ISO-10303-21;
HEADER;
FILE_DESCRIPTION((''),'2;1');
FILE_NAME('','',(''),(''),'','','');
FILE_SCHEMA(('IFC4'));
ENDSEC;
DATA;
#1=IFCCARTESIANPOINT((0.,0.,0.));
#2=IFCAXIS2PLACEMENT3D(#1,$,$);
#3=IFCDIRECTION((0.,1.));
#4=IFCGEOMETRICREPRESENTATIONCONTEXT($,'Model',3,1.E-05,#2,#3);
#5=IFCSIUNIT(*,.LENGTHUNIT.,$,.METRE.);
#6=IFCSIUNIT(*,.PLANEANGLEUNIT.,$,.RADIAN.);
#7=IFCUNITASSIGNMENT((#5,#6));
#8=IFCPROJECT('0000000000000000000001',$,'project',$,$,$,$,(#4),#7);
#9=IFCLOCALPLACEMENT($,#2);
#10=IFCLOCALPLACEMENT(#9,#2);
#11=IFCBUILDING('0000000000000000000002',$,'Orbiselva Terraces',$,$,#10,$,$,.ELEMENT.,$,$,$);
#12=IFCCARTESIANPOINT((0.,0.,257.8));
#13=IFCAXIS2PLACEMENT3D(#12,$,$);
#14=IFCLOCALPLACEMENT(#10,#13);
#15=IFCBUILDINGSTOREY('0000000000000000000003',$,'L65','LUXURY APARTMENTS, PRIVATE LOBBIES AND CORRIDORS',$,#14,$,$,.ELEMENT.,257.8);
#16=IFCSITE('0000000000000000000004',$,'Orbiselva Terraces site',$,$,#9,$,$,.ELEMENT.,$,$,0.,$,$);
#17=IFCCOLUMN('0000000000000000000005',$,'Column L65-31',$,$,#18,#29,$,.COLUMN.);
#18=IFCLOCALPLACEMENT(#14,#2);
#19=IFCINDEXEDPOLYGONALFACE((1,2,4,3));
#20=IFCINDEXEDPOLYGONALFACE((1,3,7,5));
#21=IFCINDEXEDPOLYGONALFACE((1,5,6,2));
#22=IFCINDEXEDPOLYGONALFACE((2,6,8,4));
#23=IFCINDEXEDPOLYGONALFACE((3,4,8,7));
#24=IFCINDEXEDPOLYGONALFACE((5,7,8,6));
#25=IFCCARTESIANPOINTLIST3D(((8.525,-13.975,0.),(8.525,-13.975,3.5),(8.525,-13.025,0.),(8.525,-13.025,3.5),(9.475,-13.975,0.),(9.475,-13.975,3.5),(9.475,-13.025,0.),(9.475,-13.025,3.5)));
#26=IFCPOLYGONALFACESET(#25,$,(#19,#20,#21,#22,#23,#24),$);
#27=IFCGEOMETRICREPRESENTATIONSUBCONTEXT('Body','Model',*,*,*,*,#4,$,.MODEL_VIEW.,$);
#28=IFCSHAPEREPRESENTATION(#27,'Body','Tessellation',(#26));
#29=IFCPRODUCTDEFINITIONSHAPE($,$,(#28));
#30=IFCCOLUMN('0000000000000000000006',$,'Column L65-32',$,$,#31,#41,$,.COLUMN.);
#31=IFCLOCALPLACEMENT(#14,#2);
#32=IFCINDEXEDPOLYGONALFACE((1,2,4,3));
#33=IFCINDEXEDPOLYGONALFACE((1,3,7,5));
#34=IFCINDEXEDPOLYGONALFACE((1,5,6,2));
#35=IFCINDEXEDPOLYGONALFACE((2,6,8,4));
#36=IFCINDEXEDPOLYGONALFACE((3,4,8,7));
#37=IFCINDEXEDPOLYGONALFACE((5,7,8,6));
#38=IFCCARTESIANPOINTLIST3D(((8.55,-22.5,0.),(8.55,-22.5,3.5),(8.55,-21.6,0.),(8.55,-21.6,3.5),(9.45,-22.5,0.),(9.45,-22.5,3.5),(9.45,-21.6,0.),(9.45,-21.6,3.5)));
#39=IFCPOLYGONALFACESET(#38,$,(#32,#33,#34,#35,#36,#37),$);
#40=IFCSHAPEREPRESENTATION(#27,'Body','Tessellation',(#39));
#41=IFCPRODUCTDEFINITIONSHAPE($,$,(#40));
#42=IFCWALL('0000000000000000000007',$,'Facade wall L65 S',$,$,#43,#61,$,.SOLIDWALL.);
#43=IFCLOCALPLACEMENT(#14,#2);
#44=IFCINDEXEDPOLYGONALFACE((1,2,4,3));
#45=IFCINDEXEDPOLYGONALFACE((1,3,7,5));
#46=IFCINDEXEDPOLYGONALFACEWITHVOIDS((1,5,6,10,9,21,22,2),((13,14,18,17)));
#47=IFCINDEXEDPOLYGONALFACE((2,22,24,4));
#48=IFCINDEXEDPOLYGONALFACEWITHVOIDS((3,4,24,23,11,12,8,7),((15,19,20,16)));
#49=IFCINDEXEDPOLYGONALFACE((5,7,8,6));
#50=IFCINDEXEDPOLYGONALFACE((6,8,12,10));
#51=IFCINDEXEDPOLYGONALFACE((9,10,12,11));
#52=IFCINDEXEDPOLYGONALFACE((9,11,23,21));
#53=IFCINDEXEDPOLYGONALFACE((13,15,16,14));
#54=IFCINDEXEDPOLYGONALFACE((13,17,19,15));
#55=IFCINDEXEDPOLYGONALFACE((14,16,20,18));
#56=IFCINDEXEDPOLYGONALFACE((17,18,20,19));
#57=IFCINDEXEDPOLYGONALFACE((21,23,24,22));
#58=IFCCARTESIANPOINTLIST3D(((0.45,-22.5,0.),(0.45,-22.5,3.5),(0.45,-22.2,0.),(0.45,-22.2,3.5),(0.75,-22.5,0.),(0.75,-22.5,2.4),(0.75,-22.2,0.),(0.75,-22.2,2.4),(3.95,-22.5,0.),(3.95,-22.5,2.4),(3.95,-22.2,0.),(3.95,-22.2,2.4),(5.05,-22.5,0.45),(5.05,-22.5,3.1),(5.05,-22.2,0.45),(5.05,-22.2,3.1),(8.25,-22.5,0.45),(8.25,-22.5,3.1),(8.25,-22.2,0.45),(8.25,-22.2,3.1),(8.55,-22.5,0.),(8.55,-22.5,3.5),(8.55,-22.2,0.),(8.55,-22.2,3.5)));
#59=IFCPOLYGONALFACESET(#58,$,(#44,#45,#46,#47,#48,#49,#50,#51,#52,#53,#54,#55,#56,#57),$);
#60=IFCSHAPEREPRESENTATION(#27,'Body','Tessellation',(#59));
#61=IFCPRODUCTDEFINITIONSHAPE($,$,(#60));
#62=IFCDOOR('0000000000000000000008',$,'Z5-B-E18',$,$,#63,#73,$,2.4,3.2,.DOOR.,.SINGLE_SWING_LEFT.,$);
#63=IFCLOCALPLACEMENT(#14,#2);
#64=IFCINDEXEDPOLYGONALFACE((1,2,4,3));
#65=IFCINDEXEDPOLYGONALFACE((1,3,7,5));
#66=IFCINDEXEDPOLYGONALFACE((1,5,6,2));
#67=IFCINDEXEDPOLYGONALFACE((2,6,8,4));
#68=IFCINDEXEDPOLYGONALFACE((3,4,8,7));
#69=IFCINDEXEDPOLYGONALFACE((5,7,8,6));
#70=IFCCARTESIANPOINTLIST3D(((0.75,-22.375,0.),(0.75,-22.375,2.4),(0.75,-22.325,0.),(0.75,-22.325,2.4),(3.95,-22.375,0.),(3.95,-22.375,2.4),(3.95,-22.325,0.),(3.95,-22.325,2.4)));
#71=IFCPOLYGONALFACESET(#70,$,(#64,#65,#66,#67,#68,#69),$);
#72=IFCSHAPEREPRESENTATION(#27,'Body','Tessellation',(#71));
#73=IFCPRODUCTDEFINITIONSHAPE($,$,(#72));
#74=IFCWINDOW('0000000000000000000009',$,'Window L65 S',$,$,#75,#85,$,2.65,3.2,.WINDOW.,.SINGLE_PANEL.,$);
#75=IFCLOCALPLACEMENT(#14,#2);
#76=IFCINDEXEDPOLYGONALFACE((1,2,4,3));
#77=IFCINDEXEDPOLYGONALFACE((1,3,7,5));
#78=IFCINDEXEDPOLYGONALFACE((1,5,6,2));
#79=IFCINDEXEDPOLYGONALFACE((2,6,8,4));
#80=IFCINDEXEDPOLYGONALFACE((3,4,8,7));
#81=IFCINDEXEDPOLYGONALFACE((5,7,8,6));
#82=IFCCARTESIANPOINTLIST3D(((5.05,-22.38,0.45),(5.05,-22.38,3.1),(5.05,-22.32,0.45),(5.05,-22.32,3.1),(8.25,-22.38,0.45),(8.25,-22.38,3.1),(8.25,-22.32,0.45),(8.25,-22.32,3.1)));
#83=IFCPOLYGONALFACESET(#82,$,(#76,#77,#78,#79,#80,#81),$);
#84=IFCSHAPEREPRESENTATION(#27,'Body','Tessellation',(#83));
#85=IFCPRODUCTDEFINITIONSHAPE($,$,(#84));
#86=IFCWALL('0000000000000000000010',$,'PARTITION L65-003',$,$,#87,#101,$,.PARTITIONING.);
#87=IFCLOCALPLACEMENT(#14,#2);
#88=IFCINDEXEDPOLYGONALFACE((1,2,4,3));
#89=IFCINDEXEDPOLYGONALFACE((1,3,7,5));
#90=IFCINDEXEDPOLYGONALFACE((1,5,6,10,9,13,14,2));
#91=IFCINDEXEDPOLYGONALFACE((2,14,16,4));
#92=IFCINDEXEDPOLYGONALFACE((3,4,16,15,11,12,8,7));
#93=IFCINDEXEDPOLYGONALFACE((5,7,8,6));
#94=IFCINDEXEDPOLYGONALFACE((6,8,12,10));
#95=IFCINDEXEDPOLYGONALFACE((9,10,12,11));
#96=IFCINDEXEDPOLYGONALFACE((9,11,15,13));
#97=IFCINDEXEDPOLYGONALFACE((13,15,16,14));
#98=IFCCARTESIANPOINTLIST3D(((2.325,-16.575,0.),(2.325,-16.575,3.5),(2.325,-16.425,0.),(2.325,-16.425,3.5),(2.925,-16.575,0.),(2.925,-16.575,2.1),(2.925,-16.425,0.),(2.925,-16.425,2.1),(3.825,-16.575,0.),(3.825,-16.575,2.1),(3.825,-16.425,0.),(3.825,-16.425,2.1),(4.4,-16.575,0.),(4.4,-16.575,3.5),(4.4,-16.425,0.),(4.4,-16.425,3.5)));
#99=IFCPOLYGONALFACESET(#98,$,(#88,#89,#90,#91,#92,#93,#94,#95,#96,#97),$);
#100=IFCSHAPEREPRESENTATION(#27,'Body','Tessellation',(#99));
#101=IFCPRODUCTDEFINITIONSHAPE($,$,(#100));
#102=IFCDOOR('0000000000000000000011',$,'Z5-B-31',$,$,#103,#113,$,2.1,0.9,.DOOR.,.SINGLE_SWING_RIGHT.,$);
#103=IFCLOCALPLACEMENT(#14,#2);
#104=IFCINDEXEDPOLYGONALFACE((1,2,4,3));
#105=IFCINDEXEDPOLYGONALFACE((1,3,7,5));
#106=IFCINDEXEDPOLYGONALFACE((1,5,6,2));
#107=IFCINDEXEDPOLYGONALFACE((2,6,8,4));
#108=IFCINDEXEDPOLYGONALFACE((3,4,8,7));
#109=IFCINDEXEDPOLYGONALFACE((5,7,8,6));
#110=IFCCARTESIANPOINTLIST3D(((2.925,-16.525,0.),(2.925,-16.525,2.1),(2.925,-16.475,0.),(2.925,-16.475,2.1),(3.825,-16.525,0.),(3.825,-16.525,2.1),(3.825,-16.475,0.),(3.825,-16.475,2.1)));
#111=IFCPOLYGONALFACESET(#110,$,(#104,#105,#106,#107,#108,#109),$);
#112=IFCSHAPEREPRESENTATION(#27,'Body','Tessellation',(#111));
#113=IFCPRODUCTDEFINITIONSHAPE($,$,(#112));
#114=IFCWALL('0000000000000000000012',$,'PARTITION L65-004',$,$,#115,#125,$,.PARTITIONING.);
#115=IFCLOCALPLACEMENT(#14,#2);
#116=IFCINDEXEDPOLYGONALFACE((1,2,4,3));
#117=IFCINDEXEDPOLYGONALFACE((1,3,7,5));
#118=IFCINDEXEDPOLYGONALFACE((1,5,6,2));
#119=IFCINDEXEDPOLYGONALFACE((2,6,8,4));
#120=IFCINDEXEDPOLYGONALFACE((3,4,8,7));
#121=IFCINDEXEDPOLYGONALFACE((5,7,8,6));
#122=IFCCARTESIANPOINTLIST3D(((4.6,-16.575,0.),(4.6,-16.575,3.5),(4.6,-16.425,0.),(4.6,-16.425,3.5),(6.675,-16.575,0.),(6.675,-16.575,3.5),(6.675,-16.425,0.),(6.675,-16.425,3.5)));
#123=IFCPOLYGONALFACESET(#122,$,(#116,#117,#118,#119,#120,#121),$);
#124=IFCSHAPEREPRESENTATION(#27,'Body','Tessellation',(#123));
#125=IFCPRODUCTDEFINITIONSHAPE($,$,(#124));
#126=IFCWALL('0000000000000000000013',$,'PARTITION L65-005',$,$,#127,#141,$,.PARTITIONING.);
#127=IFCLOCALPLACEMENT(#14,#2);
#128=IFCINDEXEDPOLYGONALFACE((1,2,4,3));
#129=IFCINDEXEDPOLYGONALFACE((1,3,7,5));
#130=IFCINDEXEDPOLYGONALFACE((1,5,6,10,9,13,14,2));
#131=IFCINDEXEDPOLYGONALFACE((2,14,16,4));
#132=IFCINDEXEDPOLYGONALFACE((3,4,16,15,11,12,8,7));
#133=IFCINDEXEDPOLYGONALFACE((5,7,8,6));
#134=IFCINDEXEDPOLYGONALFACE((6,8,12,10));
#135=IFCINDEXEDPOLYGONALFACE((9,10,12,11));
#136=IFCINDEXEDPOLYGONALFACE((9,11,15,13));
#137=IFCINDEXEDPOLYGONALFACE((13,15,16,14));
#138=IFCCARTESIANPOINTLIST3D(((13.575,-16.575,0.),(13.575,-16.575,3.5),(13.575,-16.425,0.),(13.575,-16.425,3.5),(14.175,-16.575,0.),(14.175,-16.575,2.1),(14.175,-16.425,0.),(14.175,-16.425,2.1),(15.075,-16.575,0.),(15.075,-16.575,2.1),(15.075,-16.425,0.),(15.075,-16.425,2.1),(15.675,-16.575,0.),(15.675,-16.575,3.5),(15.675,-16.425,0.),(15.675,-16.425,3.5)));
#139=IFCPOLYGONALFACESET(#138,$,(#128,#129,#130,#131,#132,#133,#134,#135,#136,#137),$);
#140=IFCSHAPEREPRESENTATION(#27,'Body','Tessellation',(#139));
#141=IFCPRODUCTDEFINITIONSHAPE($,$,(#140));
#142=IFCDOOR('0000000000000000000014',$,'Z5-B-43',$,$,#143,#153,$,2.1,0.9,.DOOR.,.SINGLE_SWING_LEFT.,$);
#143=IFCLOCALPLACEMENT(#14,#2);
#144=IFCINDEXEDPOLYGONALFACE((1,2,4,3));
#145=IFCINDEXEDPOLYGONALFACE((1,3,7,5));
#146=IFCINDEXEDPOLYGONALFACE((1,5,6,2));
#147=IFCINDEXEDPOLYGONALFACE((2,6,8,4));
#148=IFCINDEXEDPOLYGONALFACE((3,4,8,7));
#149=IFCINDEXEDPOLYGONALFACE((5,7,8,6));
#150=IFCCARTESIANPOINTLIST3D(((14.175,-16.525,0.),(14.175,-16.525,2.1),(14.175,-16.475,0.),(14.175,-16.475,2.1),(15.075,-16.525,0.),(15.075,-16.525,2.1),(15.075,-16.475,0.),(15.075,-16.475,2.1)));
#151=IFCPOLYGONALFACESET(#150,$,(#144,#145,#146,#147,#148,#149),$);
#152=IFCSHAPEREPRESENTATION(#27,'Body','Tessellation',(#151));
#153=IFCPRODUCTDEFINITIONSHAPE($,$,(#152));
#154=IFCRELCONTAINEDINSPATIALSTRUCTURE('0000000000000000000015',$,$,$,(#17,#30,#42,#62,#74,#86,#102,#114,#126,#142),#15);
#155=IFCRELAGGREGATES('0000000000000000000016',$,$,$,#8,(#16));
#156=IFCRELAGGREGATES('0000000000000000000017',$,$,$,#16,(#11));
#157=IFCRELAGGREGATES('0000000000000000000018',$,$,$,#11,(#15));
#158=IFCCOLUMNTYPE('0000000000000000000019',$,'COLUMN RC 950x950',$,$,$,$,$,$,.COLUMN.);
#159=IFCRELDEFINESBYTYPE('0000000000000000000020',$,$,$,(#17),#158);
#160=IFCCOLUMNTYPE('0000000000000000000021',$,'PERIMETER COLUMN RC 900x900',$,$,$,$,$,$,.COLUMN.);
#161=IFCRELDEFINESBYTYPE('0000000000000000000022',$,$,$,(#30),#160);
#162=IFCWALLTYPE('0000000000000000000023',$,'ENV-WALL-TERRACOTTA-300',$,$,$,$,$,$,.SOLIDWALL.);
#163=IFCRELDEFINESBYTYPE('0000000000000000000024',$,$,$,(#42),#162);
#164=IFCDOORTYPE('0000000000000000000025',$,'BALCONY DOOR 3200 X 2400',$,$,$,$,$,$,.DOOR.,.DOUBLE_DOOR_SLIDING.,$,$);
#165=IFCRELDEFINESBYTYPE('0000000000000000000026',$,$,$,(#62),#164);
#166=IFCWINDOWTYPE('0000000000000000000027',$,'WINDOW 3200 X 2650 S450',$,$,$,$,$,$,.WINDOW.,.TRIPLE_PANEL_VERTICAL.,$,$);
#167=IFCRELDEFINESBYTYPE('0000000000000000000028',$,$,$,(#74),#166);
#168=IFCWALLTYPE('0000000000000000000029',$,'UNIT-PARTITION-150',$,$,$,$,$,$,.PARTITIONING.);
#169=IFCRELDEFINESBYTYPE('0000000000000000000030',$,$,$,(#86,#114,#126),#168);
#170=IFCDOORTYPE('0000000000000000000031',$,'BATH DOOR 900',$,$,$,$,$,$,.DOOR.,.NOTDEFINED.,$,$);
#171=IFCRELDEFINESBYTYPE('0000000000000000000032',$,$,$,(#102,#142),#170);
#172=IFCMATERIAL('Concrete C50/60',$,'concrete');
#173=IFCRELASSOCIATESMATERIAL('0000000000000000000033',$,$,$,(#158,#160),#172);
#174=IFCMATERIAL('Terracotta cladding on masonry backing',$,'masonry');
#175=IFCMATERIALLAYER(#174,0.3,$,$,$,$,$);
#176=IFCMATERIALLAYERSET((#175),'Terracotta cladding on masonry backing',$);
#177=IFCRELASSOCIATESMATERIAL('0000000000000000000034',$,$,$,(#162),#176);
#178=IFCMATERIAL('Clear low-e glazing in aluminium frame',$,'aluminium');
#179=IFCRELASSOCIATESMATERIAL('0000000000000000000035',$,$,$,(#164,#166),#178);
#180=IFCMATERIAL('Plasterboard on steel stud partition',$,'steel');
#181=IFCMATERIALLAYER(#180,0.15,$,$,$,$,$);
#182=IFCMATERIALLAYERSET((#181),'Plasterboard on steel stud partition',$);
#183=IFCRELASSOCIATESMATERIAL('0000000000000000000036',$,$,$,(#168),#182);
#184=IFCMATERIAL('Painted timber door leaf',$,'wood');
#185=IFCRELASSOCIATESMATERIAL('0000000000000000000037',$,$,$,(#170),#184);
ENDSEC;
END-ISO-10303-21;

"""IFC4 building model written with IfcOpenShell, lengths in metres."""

from ifc_helpers import new_model, si_unit, direction, frame, frame_2d, origin, origin_2d, place, context, subcontext, project, spatial, rectangle, extrude, material, layer, layer_set, material_profile, profile_set, type_object, element, fill, save


model = new_model("IFC4")

# Units and contexts
model_context = context("Model", 3, precision=1e-05, world=origin(), true_north=direction((0.0, 1.0)))
body_context = subcontext(model_context, "Body", "Model", "MODEL_VIEW")
ifc_project = project(units=[si_unit("LENGTHUNIT", "METRE"), si_unit("PLANEANGLEUNIT", "RADIAN")], contexts=[model_context])

# Site, building, storey
site_placement = place(None, origin())
site = spatial("IfcSite", under=ifc_project, at=site_placement, Name="Orbiselva Terraces site", CompositionType="ELEMENT", RefElevation=0.0)
building_placement = place(site_placement, origin())
building = spatial("IfcBuilding", under=site, at=building_placement, Name="Orbiselva Terraces", CompositionType="ELEMENT")
storey_placement = place(building_placement, frame((0.0, 0.0, 257.8)))
storey = spatial("IfcBuildingStorey", under=building, at=storey_placement, Name="L65", Description="LUXURY APARTMENTS, PRIVATE LOBBIES AND CORRIDORS", CompositionType="ELEMENT", Elevation=257.8)

# Columns
ifc_material_1 = material(Name="Concrete C50/60", Category="concrete")
ifc_material_profile_1 = material_profile(ifc_material_1, rectangle(XDim=0.95, YDim=0.95, at=origin_2d()), Name="RC 950x950")
ifc_profile_set_1 = profile_set([ifc_material_profile_1], Name="Concrete C50/60")
column_type_1 = type_object("IfcColumnType", Name="COLUMN RC 950x950", PredefinedType="COLUMN", material=ifc_profile_set_1)
column_1_placement = place(storey_placement, frame((9.0, -13.5, 0.0), z_axis=(0.0, 0.0, 1.0), x_axis=(1.0, 0.0, 0.0)))
element("IfcColumn", 1, at=column_1_placement, inside=storey, type_object=column_type_1, Name="Column L65-31", PredefinedType="COLUMN", context=body_context, shape_type="SweptSolid", body=[
    extrude(rectangle(XDim=0.95, YDim=0.95, at=origin_2d()), origin(), (0.0, 0.0, 1.0), 3.5),
])
ifc_material_profile_2 = material_profile(ifc_material_1, rectangle(XDim=0.9, YDim=0.9, at=origin_2d()), Name="RC 900x900")
ifc_profile_set_2 = profile_set([ifc_material_profile_2], Name="Concrete C50/60")
column_type_2 = type_object("IfcColumnType", Name="PERIMETER COLUMN RC 900x900", PredefinedType="COLUMN", material=ifc_profile_set_2)
column_2_placement = place(storey_placement, frame((9.0, -22.05, 0.0), z_axis=(0.0, 0.0, 1.0), x_axis=(1.0, 0.0, 0.0)))
element("IfcColumn", 2, at=column_2_placement, inside=storey, type_object=column_type_2, Name="Column L65-32", PredefinedType="COLUMN", context=body_context, shape_type="SweptSolid", body=[
    extrude(rectangle(XDim=0.9, YDim=0.9, at=origin_2d()), origin(), (0.0, 0.0, 1.0), 3.5),
])

# Wall, openings, door, window
ifc_material_2 = material(Name="Terracotta cladding on masonry backing", Category="masonry")
ifc_layer_1 = layer(ifc_material_2, 0.3)
ifc_layer_set_1 = layer_set([ifc_layer_1], Name="Terracotta cladding on masonry backing")
wall_type_1 = type_object("IfcWallType", Name="ENV-WALL-TERRACOTTA-300", PredefinedType="SOLIDWALL", material=ifc_layer_set_1)
wall_1_placement = place(storey_placement, frame((8.55, -22.35, 0.0), z_axis=(0.0, 0.0, 1.0), x_axis=(-1.0, 0.0, 0.0)))
wall_1 = element("IfcWall", 3, at=wall_1_placement, inside=storey, type_object=wall_type_1, Name="Facade wall L65 S", PredefinedType="SOLIDWALL", context=body_context, shape_type="SweptSolid", body=[
    extrude(rectangle(XDim=8.1, YDim=0.3, at=frame_2d((4.05, 0.0))), origin(), (0.0, 0.0, 1.0), 3.5),
])
opening_1_placement = place(wall_1_placement, frame((4.6, 0.0, 0.0)))
opening_1 = element("IfcOpeningElement", 4, at=opening_1_placement, cuts=wall_1, PredefinedType="OPENING", context=body_context, shape_type="SweptSolid", body=[
    extrude(rectangle(XDim=3.2, YDim=2.4, at=frame_2d((1.6, 1.2))), frame((0.0, 0.16, 0.0), z_axis=(0.0, -1.0, 0.0), x_axis=(1.0, 0.0, 0.0)), (0.0, 0.0, 1.0), 0.32),
])
opening_2_placement = place(wall_1_placement, frame((0.3, 0.0, 0.45)))
opening_2 = element("IfcOpeningElement", 5, at=opening_2_placement, cuts=wall_1, PredefinedType="OPENING", context=body_context, shape_type="SweptSolid", body=[
    extrude(rectangle(XDim=3.2, YDim=2.65, at=frame_2d((1.6, 1.325))), frame((0.0, 0.16, 0.0), z_axis=(0.0, -1.0, 0.0), x_axis=(1.0, 0.0, 0.0)), (0.0, 0.0, 1.0), 0.32),
])
ifc_material_3 = material(Name="Clear low-e glazing in aluminium frame", Category="aluminium")
door_type_1 = type_object("IfcDoorType", Name="BALCONY DOOR 3200 X 2400", OperationType="DOUBLE_DOOR_SLIDING", PredefinedType="DOOR", material=ifc_material_3)
door_1_placement = place(opening_1_placement, origin())
door_1 = element("IfcDoor", 6, at=door_1_placement, inside=storey, type_object=door_type_1, Name="Z5-B-E18", OperationType="SINGLE_SWING_LEFT", OverallHeight=2.4, OverallWidth=3.2, PredefinedType="DOOR", context=body_context, shape_type="SweptSolid", body=[
    extrude(rectangle(XDim=3.2, YDim=2.4, at=frame_2d((1.6, 1.2))), frame((0.0, 0.025, 0.0), z_axis=(0.0, -1.0, 0.0), x_axis=(1.0, 0.0, 0.0)), (0.0, 0.0, 1.0), 0.05),
])
fill(opening_1, door_1)
window_type = type_object("IfcWindowType", Name="WINDOW 3200 X 2650 S450", PartitioningType="TRIPLE_PANEL_VERTICAL", PredefinedType="WINDOW", material=ifc_material_3)
window_placement = place(opening_2_placement, origin())
window = element("IfcWindow", 7, at=window_placement, inside=storey, type_object=window_type, Name="Window L65 S", OverallHeight=2.65, OverallWidth=3.2, PartitioningType="SINGLE_PANEL", PredefinedType="WINDOW", context=body_context, shape_type="SweptSolid", body=[
    extrude(rectangle(XDim=3.2, YDim=2.65, at=frame_2d((1.6, 1.325))), frame((0.0, 0.03, 0.0), z_axis=(0.0, -1.0, 0.0), x_axis=(1.0, 0.0, 0.0)), (0.0, 0.0, 1.0), 0.06),
])
fill(opening_2, window)

# Wall, opening, door
ifc_material_4 = material(Name="Plasterboard on steel stud partition", Category="steel")
ifc_layer_2 = layer(ifc_material_4, 0.15)
ifc_layer_set_2 = layer_set([ifc_layer_2], Name="Plasterboard on steel stud partition")
wall_type_2 = type_object("IfcWallType", Name="UNIT-PARTITION-150", PredefinedType="PARTITIONING", material=ifc_layer_set_2)
wall_2_placement = place(storey_placement, frame((2.325, -16.5, 0.0), z_axis=(0.0, 0.0, 1.0), x_axis=(1.0, 0.0, 0.0)))
wall_2 = element("IfcWall", 8, at=wall_2_placement, inside=storey, type_object=wall_type_2, Name="PARTITION L65-003", PredefinedType="PARTITIONING", context=body_context, shape_type="SweptSolid", body=[
    extrude(rectangle(XDim=2.075, YDim=0.15, at=frame_2d((1.0375, 0.0))), origin(), (0.0, 0.0, 1.0), 3.5),
])
opening_3_placement = place(wall_2_placement, frame((0.6, 0.0, 0.0)))
opening_3 = element("IfcOpeningElement", 9, at=opening_3_placement, cuts=wall_2, PredefinedType="OPENING", context=body_context, shape_type="SweptSolid", body=[
    extrude(rectangle(XDim=0.9, YDim=2.1, at=frame_2d((0.45, 1.05))), frame((0.0, 0.085, 0.0), z_axis=(0.0, -1.0, 0.0), x_axis=(1.0, 0.0, 0.0)), (0.0, 0.0, 1.0), 0.17),
])
ifc_material_5 = material(Name="Painted timber door leaf", Category="wood")
door_type_2 = type_object("IfcDoorType", Name="BATH DOOR 900", OperationType="NOTDEFINED", PredefinedType="DOOR", material=ifc_material_5)
door_2_placement = place(opening_3_placement, origin())
door_2 = element("IfcDoor", 10, at=door_2_placement, inside=storey, type_object=door_type_2, Name="Z5-B-31", OperationType="SINGLE_SWING_RIGHT", OverallHeight=2.1, OverallWidth=0.9, PredefinedType="DOOR", context=body_context, shape_type="SweptSolid", body=[
    extrude(rectangle(XDim=0.9, YDim=2.1, at=frame_2d((0.45, 1.05))), frame((0.0, 0.025, 0.0), z_axis=(0.0, -1.0, 0.0), x_axis=(1.0, 0.0, 0.0)), (0.0, 0.0, 1.0), 0.05),
])
fill(opening_3, door_2)

# Wall
wall_3_placement = place(storey_placement, frame((4.6, -16.5, 0.0), z_axis=(0.0, 0.0, 1.0), x_axis=(1.0, 0.0, 0.0)))
element("IfcWall", 11, at=wall_3_placement, inside=storey, type_object=wall_type_2, Name="PARTITION L65-004", PredefinedType="PARTITIONING", context=body_context, shape_type="SweptSolid", body=[
    extrude(rectangle(XDim=2.075, YDim=0.15, at=frame_2d((1.0375, 0.0))), origin(), (0.0, 0.0, 1.0), 3.5),
])

# Wall, opening, door
wall_4_placement = place(storey_placement, frame((13.575, -16.5, 0.0), z_axis=(0.0, 0.0, 1.0), x_axis=(1.0, 0.0, 0.0)))
wall_4 = element("IfcWall", 12, at=wall_4_placement, inside=storey, type_object=wall_type_2, Name="PARTITION L65-005", PredefinedType="PARTITIONING", context=body_context, shape_type="SweptSolid", body=[
    extrude(rectangle(XDim=2.1, YDim=0.15, at=frame_2d((1.05, 0.0))), origin(), (0.0, 0.0, 1.0), 3.5),
])
opening_4_placement = place(wall_4_placement, frame((0.6, 0.0, 0.0)))
opening_4 = element("IfcOpeningElement", 13, at=opening_4_placement, cuts=wall_4, PredefinedType="OPENING", context=body_context, shape_type="SweptSolid", body=[
    extrude(rectangle(XDim=0.9, YDim=2.1, at=frame_2d((0.45, 1.05))), frame((0.0, 0.085, 0.0), z_axis=(0.0, -1.0, 0.0), x_axis=(1.0, 0.0, 0.0)), (0.0, 0.0, 1.0), 0.17),
])
door_3_placement = place(opening_4_placement, origin())
door_3 = element("IfcDoor", 14, at=door_3_placement, inside=storey, type_object=door_type_2, Name="Z5-B-43", OperationType="SINGLE_SWING_LEFT", OverallHeight=2.1, OverallWidth=0.9, PredefinedType="DOOR", context=body_context, shape_type="SweptSolid", body=[
    extrude(rectangle(XDim=0.9, YDim=2.1, at=frame_2d((0.45, 1.05))), frame((0.0, 0.025, 0.0), z_axis=(0.0, -1.0, 0.0), x_axis=(1.0, 0.0, 0.0)), (0.0, 0.0, 1.0), 0.05),
])
fill(opening_4, door_3)

save(model, "model.ifc")
